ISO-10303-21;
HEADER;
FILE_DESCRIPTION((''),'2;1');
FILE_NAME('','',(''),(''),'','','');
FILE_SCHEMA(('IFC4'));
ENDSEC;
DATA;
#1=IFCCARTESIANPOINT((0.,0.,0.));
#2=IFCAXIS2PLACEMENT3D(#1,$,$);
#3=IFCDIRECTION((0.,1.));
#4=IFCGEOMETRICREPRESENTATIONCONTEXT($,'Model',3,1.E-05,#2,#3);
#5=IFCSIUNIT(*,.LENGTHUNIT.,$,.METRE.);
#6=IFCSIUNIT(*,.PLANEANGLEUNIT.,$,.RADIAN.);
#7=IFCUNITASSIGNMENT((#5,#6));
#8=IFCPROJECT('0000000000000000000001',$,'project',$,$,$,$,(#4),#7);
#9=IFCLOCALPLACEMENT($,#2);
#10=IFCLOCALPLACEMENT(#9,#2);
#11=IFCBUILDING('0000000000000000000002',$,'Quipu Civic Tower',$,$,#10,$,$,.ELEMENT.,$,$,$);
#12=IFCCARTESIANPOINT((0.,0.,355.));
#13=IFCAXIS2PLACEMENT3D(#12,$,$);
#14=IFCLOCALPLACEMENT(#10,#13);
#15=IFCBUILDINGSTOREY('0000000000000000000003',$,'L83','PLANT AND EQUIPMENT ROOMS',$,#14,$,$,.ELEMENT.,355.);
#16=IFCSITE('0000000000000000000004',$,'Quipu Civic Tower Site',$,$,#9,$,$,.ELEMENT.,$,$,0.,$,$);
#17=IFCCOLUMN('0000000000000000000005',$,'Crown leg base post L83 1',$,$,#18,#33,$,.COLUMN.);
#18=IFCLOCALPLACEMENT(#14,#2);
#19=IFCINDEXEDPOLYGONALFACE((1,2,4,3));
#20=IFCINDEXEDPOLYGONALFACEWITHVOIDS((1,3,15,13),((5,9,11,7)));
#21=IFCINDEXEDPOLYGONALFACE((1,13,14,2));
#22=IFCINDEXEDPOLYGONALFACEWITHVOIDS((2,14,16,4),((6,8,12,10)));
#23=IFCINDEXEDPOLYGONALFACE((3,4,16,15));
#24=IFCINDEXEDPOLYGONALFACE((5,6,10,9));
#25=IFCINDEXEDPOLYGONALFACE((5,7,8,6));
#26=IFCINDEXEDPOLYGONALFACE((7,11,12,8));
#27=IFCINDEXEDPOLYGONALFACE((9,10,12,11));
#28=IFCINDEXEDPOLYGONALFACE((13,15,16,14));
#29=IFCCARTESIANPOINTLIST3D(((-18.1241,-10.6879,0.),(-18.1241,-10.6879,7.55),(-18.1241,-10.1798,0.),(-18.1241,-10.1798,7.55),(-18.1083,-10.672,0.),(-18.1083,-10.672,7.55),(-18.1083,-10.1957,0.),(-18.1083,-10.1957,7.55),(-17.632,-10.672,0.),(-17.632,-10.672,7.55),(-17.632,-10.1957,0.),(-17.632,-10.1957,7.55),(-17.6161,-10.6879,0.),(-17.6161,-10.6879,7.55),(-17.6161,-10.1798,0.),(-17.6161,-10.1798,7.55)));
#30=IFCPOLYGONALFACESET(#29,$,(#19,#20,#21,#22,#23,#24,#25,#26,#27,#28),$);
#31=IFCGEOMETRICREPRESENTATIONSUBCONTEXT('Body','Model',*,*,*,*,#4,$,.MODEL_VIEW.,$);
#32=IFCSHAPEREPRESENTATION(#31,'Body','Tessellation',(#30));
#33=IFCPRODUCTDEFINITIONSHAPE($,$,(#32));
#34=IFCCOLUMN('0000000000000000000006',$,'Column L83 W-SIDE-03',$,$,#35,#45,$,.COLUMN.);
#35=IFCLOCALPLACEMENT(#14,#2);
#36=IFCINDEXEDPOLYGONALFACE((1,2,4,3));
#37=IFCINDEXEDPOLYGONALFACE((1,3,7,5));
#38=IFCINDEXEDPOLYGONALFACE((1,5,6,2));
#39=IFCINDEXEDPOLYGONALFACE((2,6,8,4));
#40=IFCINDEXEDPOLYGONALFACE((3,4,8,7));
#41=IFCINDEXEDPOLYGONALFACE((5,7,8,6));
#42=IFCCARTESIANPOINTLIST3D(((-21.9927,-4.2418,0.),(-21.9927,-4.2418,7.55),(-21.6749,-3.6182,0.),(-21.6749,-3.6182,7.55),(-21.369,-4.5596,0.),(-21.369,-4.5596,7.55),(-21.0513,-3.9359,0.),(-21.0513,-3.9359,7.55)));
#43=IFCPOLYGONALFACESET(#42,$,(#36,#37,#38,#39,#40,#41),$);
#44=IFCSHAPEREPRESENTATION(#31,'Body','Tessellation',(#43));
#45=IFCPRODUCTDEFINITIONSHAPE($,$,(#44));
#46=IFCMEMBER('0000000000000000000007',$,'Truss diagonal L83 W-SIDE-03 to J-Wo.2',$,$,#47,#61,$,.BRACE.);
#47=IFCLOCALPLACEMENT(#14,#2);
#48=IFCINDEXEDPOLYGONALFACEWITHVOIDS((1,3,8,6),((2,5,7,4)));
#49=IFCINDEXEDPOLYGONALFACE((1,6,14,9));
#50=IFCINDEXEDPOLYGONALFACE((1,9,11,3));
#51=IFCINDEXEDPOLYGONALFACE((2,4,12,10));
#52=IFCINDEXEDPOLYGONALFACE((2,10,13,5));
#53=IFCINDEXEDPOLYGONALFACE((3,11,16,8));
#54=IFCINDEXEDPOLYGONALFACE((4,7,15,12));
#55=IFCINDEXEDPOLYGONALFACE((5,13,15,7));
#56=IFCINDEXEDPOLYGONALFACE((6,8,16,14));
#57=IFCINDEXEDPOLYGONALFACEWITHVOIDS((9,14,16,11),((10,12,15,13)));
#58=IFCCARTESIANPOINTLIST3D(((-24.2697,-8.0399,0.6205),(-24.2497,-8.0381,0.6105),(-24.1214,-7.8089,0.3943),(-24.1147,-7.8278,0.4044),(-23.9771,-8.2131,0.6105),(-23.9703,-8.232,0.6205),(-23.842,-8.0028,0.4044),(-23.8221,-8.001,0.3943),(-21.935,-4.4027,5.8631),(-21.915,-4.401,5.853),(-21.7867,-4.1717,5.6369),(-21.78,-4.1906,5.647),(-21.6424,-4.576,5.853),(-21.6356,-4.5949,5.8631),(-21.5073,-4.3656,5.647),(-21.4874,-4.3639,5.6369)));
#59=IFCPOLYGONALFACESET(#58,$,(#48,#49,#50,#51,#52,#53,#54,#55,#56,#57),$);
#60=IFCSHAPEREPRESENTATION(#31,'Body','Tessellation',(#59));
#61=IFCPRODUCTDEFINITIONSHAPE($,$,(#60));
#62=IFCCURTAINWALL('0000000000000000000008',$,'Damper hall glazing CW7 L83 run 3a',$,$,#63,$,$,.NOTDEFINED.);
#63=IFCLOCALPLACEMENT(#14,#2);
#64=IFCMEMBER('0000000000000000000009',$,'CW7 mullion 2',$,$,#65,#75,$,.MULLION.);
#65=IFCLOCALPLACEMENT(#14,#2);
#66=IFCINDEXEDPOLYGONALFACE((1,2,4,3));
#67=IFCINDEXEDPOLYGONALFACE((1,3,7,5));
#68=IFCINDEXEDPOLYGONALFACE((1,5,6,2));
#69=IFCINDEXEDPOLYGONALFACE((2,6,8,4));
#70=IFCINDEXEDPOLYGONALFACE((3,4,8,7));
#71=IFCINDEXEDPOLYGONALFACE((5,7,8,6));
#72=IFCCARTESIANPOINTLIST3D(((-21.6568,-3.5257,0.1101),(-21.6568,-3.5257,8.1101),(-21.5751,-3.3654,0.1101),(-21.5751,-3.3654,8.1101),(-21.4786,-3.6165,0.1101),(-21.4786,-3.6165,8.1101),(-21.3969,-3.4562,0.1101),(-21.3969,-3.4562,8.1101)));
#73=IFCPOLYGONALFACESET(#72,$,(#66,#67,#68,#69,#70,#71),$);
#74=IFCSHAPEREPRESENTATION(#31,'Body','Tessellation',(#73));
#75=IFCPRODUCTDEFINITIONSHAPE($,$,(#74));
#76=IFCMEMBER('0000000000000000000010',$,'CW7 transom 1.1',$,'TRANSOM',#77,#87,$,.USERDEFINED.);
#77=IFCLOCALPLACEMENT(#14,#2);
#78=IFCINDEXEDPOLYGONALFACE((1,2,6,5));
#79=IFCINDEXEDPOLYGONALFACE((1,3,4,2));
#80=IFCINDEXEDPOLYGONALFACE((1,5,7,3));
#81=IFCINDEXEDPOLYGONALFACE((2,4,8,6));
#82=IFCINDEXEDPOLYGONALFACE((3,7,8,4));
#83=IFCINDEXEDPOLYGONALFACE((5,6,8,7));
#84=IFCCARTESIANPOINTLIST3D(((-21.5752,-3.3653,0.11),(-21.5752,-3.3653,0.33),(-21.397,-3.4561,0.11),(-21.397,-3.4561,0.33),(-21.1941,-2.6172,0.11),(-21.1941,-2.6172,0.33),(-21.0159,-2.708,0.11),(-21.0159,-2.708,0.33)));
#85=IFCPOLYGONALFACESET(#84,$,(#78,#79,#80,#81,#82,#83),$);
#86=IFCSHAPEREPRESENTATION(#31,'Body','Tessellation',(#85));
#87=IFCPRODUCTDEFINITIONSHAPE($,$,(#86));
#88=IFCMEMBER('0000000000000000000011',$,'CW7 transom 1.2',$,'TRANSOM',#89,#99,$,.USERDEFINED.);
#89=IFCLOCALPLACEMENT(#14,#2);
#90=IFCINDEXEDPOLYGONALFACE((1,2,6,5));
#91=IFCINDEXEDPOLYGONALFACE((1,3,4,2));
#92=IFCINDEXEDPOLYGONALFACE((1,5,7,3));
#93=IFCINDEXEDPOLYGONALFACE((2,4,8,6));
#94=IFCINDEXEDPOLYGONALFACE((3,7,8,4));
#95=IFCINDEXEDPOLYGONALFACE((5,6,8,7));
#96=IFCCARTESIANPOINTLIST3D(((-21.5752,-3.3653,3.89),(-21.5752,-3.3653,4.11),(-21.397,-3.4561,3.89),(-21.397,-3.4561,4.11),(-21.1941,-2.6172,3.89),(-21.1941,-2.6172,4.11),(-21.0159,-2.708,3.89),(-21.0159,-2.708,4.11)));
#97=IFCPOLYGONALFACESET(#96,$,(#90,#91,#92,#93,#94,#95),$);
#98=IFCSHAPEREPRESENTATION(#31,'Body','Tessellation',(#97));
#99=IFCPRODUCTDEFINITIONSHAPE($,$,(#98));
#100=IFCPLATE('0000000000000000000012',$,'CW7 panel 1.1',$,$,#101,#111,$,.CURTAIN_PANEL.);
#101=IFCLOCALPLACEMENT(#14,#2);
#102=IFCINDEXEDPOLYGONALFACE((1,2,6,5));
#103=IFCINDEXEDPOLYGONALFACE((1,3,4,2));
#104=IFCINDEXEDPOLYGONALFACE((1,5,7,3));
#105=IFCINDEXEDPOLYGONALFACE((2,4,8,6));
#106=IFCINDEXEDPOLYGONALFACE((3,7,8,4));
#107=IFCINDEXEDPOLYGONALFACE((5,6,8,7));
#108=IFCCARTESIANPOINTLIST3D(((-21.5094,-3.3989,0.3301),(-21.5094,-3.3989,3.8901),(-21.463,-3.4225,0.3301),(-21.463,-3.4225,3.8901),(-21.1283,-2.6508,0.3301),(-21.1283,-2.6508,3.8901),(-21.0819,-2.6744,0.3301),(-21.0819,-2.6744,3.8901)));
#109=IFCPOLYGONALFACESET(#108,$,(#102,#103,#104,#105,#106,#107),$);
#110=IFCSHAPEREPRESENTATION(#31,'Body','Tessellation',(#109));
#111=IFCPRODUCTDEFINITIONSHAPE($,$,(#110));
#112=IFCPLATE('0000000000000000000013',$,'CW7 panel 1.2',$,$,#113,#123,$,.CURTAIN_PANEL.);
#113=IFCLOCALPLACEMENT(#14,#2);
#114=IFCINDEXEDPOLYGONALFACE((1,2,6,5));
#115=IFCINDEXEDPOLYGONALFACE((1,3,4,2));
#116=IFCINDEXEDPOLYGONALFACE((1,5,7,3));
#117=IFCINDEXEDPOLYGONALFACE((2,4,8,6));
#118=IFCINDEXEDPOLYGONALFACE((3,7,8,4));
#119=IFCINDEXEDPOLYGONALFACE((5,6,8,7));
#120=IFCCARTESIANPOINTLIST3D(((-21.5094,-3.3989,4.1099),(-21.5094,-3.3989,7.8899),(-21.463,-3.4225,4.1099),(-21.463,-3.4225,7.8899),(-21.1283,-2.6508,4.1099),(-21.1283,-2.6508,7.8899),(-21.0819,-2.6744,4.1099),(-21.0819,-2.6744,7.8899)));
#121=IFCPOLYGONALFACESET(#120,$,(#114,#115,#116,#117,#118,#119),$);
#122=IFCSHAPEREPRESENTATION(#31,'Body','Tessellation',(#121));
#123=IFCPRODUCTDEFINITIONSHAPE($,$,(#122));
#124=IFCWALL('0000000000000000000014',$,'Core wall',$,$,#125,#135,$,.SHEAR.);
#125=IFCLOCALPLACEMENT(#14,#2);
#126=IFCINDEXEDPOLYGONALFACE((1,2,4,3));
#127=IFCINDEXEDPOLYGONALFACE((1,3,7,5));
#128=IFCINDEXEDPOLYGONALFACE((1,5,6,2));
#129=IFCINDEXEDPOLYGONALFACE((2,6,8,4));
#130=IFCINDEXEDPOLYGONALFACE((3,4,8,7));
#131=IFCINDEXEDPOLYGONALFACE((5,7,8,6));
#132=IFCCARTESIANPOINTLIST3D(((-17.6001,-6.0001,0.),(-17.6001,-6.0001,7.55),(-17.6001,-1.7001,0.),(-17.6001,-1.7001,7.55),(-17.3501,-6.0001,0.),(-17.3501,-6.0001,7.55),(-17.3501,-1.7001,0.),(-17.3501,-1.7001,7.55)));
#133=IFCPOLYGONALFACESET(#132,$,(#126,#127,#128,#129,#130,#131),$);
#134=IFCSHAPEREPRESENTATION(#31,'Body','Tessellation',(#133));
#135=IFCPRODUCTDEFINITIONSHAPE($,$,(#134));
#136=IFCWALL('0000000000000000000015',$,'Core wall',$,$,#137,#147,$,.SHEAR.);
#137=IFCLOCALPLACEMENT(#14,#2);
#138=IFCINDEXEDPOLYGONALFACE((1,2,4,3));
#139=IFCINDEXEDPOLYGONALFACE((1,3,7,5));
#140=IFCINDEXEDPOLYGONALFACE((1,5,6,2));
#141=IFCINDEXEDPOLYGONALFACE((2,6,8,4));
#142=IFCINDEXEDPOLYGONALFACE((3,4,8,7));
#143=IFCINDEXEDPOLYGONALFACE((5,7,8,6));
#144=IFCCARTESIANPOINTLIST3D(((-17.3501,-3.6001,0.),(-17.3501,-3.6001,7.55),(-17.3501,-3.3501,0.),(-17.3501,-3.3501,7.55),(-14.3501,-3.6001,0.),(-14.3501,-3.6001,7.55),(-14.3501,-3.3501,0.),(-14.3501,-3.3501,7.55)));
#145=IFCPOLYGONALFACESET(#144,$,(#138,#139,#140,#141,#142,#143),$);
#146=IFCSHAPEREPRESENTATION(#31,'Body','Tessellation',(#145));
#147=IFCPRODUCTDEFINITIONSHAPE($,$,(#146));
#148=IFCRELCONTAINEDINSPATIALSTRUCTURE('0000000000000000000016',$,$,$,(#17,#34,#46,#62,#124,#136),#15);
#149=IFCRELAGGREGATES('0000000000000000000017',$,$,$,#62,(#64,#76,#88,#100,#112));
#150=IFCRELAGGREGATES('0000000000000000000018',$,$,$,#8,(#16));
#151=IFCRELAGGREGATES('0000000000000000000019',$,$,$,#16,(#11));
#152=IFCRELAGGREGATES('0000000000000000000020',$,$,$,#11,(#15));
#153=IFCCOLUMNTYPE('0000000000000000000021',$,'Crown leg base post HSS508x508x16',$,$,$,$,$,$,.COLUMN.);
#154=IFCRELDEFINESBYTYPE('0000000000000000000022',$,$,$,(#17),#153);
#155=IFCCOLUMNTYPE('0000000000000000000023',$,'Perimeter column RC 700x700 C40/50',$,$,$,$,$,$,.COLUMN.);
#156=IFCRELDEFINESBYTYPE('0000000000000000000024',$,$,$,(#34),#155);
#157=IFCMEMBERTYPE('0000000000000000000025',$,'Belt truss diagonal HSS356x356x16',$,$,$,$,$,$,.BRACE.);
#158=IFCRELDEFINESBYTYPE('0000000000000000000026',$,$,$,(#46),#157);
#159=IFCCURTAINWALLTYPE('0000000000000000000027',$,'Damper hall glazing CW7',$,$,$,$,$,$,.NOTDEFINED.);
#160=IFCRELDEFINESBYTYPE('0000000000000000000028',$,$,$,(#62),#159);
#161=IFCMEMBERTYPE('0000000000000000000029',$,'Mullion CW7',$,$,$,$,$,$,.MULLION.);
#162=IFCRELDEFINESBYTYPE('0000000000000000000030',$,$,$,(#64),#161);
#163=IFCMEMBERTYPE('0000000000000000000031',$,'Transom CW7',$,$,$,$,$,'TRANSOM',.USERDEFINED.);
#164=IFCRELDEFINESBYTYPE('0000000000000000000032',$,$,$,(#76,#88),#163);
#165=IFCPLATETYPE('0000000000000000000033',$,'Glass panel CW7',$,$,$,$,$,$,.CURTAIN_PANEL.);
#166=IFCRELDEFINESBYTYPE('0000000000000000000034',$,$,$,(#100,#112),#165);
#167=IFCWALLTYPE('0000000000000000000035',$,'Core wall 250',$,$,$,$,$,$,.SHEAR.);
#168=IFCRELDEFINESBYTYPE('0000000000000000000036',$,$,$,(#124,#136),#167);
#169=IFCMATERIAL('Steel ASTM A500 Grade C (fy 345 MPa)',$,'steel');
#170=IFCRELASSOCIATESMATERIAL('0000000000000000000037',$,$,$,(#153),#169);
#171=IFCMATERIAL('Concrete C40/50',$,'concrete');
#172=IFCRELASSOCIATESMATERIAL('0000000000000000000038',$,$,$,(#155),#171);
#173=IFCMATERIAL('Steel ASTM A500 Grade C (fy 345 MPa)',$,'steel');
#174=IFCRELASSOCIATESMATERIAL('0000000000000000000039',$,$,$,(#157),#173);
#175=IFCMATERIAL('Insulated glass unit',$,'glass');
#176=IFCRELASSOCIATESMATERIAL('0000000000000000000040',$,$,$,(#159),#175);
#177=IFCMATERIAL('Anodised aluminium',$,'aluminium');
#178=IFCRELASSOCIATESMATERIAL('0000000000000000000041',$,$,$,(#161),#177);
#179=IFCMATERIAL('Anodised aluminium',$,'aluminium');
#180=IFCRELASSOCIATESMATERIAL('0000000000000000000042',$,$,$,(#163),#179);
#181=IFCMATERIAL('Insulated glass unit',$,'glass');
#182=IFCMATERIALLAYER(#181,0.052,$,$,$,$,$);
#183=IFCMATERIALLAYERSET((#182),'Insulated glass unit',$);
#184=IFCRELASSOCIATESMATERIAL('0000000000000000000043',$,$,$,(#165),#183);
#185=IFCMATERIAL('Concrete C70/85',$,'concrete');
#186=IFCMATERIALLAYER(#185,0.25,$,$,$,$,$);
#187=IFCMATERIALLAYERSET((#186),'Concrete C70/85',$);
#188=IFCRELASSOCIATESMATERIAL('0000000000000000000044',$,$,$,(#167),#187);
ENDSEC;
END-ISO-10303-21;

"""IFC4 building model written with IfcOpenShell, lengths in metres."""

from ifc_helpers import new_model, si_unit, direction, frame, frame_2d, origin, origin_2d, place, context, subcontext, project, spatial, rectangle, hollow_rectangle, extrude, material, layer, layer_set, material_profile, profile_set, type_object, element, aggregate, save


model = new_model("IFC4")

# Units and contexts
model_context = context("Model", 3, precision=1e-05, world=origin(), true_north=direction((0.0, 1.0)))
body_context = subcontext(model_context, "Body", "Model", "MODEL_VIEW")
ifc_project = project(units=[si_unit("LENGTHUNIT", "METRE"), si_unit("PLANEANGLEUNIT", "RADIAN")], contexts=[model_context])

# Site, building, storey
site_placement = place(None, origin())
site = spatial("IfcSite", under=ifc_project, at=site_placement, Name="Quipu Civic Tower Site", CompositionType="ELEMENT", RefElevation=0.0)
building_placement = place(site_placement, origin())
building = spatial("IfcBuilding", under=site, at=building_placement, Name="Quipu Civic Tower", CompositionType="ELEMENT")
storey_placement = place(building_placement, frame((0.0, 0.0, 355.0)))
storey = spatial("IfcBuildingStorey", under=building, at=storey_placement, Name="L83", Description="PLANT AND EQUIPMENT ROOMS", CompositionType="ELEMENT", Elevation=355.0)

# Columns
ifc_material_1 = material(Name="Steel ASTM A500 Grade C (fy 345 MPa)", Category="steel")
ifc_material_profile_1 = material_profile(ifc_material_1, hollow_rectangle(XDim=0.5081, YDim=0.5081, WallThickness=0.0159, at=origin_2d()), Name="HSS508x508x16")
ifc_profile_set_1 = profile_set([ifc_material_profile_1], Name="Steel ASTM A500 Grade C (fy 345 MPa)")
column_type_1 = type_object("IfcColumnType", Name="Crown leg base post HSS508x508x16", PredefinedType="COLUMN", material=ifc_profile_set_1)
column_1_placement = place(storey_placement, frame((-17.8701, -10.4338, 0.0), z_axis=(0.0, 0.0, 1.0), x_axis=(1.0, 0.0, 0.0)))
element("IfcColumn", 1, at=column_1_placement, inside=storey, type_object=column_type_1, Name="Crown leg base post L83 1", PredefinedType="COLUMN", context=body_context, shape_type="SweptSolid", body=[
    extrude(hollow_rectangle(XDim=0.5081, YDim=0.5081, WallThickness=0.0159, at=origin_2d()), origin(), (0.0, 0.0, 1.0), 7.55),
])
ifc_material_2 = material(Name="Concrete C40/50", Category="concrete")
ifc_material_profile_2 = material_profile(ifc_material_2, rectangle(XDim=0.7, YDim=0.7, at=origin_2d()), Name="RC700x700")
ifc_profile_set_2 = profile_set([ifc_material_profile_2], Name="Concrete C40/50")
column_type_2 = type_object("IfcColumnType", Name="Perimeter column RC 700x700 C40/50", PredefinedType="COLUMN", material=ifc_profile_set_2)
column_2_placement = place(storey_placement, frame((-21.522, -4.0889, 0.0), z_axis=(0.0, 0.0, 1.0), x_axis=(-0.45399, -0.891007, 0.0)))
element("IfcColumn", 2, at=column_2_placement, inside=storey, type_object=column_type_2, Name="Column L83 W-SIDE-03", PredefinedType="COLUMN", context=body_context, shape_type="SweptSolid", body=[
    extrude(rectangle(XDim=0.7, YDim=0.7, at=origin_2d()), origin(), (0.0, 0.0, 1.0), 7.55),
])

# Member
ifc_material_3 = material(Name="Steel ASTM A500 Grade C (fy 345 MPa)", Category="steel")
ifc_material_profile_3 = material_profile(ifc_material_3, hollow_rectangle(XDim=0.3557, YDim=0.3557, WallThickness=0.0159, at=origin_2d()), Name="HSS356x356x16")
ifc_profile_set_3 = profile_set([ifc_material_profile_3], Name="Steel ASTM A500 Grade C (fy 345 MPa)")
member_type_1 = type_object("IfcMemberType", Name="Belt truss diagonal HSS356x356x16", PredefinedType="BRACE", material=ifc_profile_set_3)
member_1_placement = place(storey_placement, frame((-21.7112, -4.3833, 5.75), z_axis=(-0.343616, -0.535313, -0.771601), x_axis=(0.841545, -0.540186, 0.0)))
element("IfcMember", 3, at=member_1_placement, inside=storey, type_object=member_type_1, Name="Truss diagonal L83 W-SIDE-03 to J-Wo.2", PredefinedType="BRACE", context=body_context, shape_type="SweptSolid", body=[
    extrude(hollow_rectangle(XDim=0.3557, YDim=0.3557, WallThickness=0.0159, at=origin_2d()), origin(), (0.0, 0.0, 1.0), 6.7944),
])

# Curtain wall, members, plates
ifc_material_4 = material(Name="Insulated glass unit", Category="glass")
curtain_wall_type = type_object("IfcCurtainWallType", Name="Damper hall glazing CW7", PredefinedType="NOTDEFINED", material=ifc_material_4)
curtain_wall_placement = place(storey_placement, origin())
curtain_wall = element("IfcCurtainWall", 4, at=curtain_wall_placement, inside=storey, type_object=curtain_wall_type, Name="Damper hall glazing CW7 L83 run 3a", PredefinedType="NOTDEFINED")
ifc_material_5 = material(Name="Anodised aluminium", Category="aluminium")
ifc_material_profile_4 = material_profile(ifc_material_5, rectangle(XDim=0.2, YDim=0.1799, at=origin_2d()), Name="RECT 200x180")
ifc_profile_set_4 = profile_set([ifc_material_profile_4], Name="Anodised aluminium")
member_type_2 = type_object("IfcMemberType", Name="Mullion CW7", PredefinedType="MULLION", material=ifc_profile_set_4)
member_2_placement = place(storey_placement, frame((-21.5269, -3.491, 0.1101), z_axis=(0.0, 0.0, 1.0), x_axis=(0.891034, -0.453937, 0.0)))
member_2 = element("IfcMember", 5, at=member_2_placement, type_object=member_type_2, Name="CW7 mullion 2", PredefinedType="MULLION", context=body_context, shape_type="SweptSolid", body=[
    extrude(rectangle(XDim=0.2, YDim=0.1799, at=origin_2d()), origin(), (0.0, 0.0, 1.0), 8.0),
])
ifc_material_6 = material(Name="Anodised aluminium", Category="aluminium")
ifc_material_profile_5 = material_profile(ifc_material_6, rectangle(XDim=0.2, YDim=0.22, at=origin_2d()), Name="RECT 200x220")
ifc_profile_set_5 = profile_set([ifc_material_profile_5], Name="Anodised aluminium")
member_type_3 = type_object("IfcMemberType", Name="Transom CW7", ElementType="TRANSOM", PredefinedType="USERDEFINED", material=ifc_profile_set_5)
member_3_placement = place(storey_placement, frame((-21.105, -2.6626, 0.22), z_axis=(-0.453948, -0.891028, 0.0), x_axis=(0.891028, -0.453948, 0.0)))
member_3 = element("IfcMember", 6, at=member_3_placement, type_object=member_type_3, Name="CW7 transom 1.1", ObjectType="TRANSOM", PredefinedType="USERDEFINED", context=body_context, shape_type="SweptSolid", body=[
    extrude(rectangle(XDim=0.2, YDim=0.22, at=origin_2d()), origin(), (0.0, 0.0, 1.0), 0.8396),
])
member_4_placement = place(storey_placement, frame((-21.105, -2.6626, 4.0), z_axis=(-0.453948, -0.891028, 0.0), x_axis=(0.891028, -0.453948, 0.0)))
member_4 = element("IfcMember", 7, at=member_4_placement, type_object=member_type_3, Name="CW7 transom 1.2", ObjectType="TRANSOM", PredefinedType="USERDEFINED", context=body_context, shape_type="SweptSolid", body=[
    extrude(rectangle(XDim=0.2, YDim=0.22, at=origin_2d()), origin(), (0.0, 0.0, 1.0), 0.8396),
])
ifc_material_7 = material(Name="Insulated glass unit", Category="glass")
ifc_layer_1 = layer(ifc_material_7, 0.052)
ifc_layer_set_1 = layer_set([ifc_layer_1], Name="Insulated glass unit")
plate_type = type_object("IfcPlateType", Name="Glass panel CW7", PredefinedType="CURTAIN_PANEL", material=ifc_layer_set_1)
plate_1_placement = place(storey_placement, frame((-21.2957, -3.0366, 0.3301), z_axis=(0.0, 0.0, 1.0), x_axis=(-0.453937, -0.891034, 0.0)))
plate_1 = element("IfcPlate", 8, at=plate_1_placement, type_object=plate_type, Name="CW7 panel 1.1", PredefinedType="CURTAIN_PANEL", context=body_context, shape_type="SweptSolid", body=[
    extrude(rectangle(XDim=0.8396, YDim=0.052, at=origin_2d()), origin(), (0.0, 0.0, 1.0), 3.5601),
])
plate_2_placement = place(storey_placement, frame((-21.2957, -3.0366, 4.1099), z_axis=(0.0, 0.0, 1.0), x_axis=(-0.453937, -0.891034, 0.0)))
plate_2 = element("IfcPlate", 9, at=plate_2_placement, type_object=plate_type, Name="CW7 panel 1.2", PredefinedType="CURTAIN_PANEL", context=body_context, shape_type="SweptSolid", body=[
    extrude(rectangle(XDim=0.8396, YDim=0.052, at=origin_2d()), origin(), (0.0, 0.0, 1.0), 3.78),
])
aggregate(curtain_wall, [member_2, member_3, member_4, plate_1, plate_2])

# Walls
ifc_material_8 = material(Name="Concrete C70/85", Category="concrete")
ifc_layer_2 = layer(ifc_material_8, 0.25)
ifc_layer_set_2 = layer_set([ifc_layer_2], Name="Concrete C70/85")
wall_type_1 = type_object("IfcWallType", Name="Core wall 250", PredefinedType="SHEAR", material=ifc_layer_set_2)
wall_1_placement = place(storey_placement, frame((-17.4751, -6.0, 0.0), z_axis=(0.0, 0.0, 1.0), x_axis=(0.0, 1.0, 0.0)))
element("IfcWall", 10, at=wall_1_placement, inside=storey, type_object=wall_type_1, Name="Core wall", PredefinedType="SHEAR", context=body_context, shape_type="SweptSolid", body=[
    extrude(rectangle(XDim=4.3, YDim=0.25, at=frame_2d((2.1499, 0.0))), origin(), (0.0, 0.0, 1.0), 7.55),
])
wall_2_placement = place(storey_placement, frame((-17.3501, -3.4751, 0.0), z_axis=(0.0, 0.0, 1.0), x_axis=(1.0, 0.0, 0.0)))
element("IfcWall", 11, at=wall_2_placement, inside=storey, type_object=wall_type_1, Name="Core wall", PredefinedType="SHEAR", context=body_context, shape_type="SweptSolid", body=[
    extrude(rectangle(XDim=3.0, YDim=0.25, at=frame_2d((1.5, 0.0))), origin(), (0.0, 0.0, 1.0), 7.55),
])

save(model, "model.ifc")
